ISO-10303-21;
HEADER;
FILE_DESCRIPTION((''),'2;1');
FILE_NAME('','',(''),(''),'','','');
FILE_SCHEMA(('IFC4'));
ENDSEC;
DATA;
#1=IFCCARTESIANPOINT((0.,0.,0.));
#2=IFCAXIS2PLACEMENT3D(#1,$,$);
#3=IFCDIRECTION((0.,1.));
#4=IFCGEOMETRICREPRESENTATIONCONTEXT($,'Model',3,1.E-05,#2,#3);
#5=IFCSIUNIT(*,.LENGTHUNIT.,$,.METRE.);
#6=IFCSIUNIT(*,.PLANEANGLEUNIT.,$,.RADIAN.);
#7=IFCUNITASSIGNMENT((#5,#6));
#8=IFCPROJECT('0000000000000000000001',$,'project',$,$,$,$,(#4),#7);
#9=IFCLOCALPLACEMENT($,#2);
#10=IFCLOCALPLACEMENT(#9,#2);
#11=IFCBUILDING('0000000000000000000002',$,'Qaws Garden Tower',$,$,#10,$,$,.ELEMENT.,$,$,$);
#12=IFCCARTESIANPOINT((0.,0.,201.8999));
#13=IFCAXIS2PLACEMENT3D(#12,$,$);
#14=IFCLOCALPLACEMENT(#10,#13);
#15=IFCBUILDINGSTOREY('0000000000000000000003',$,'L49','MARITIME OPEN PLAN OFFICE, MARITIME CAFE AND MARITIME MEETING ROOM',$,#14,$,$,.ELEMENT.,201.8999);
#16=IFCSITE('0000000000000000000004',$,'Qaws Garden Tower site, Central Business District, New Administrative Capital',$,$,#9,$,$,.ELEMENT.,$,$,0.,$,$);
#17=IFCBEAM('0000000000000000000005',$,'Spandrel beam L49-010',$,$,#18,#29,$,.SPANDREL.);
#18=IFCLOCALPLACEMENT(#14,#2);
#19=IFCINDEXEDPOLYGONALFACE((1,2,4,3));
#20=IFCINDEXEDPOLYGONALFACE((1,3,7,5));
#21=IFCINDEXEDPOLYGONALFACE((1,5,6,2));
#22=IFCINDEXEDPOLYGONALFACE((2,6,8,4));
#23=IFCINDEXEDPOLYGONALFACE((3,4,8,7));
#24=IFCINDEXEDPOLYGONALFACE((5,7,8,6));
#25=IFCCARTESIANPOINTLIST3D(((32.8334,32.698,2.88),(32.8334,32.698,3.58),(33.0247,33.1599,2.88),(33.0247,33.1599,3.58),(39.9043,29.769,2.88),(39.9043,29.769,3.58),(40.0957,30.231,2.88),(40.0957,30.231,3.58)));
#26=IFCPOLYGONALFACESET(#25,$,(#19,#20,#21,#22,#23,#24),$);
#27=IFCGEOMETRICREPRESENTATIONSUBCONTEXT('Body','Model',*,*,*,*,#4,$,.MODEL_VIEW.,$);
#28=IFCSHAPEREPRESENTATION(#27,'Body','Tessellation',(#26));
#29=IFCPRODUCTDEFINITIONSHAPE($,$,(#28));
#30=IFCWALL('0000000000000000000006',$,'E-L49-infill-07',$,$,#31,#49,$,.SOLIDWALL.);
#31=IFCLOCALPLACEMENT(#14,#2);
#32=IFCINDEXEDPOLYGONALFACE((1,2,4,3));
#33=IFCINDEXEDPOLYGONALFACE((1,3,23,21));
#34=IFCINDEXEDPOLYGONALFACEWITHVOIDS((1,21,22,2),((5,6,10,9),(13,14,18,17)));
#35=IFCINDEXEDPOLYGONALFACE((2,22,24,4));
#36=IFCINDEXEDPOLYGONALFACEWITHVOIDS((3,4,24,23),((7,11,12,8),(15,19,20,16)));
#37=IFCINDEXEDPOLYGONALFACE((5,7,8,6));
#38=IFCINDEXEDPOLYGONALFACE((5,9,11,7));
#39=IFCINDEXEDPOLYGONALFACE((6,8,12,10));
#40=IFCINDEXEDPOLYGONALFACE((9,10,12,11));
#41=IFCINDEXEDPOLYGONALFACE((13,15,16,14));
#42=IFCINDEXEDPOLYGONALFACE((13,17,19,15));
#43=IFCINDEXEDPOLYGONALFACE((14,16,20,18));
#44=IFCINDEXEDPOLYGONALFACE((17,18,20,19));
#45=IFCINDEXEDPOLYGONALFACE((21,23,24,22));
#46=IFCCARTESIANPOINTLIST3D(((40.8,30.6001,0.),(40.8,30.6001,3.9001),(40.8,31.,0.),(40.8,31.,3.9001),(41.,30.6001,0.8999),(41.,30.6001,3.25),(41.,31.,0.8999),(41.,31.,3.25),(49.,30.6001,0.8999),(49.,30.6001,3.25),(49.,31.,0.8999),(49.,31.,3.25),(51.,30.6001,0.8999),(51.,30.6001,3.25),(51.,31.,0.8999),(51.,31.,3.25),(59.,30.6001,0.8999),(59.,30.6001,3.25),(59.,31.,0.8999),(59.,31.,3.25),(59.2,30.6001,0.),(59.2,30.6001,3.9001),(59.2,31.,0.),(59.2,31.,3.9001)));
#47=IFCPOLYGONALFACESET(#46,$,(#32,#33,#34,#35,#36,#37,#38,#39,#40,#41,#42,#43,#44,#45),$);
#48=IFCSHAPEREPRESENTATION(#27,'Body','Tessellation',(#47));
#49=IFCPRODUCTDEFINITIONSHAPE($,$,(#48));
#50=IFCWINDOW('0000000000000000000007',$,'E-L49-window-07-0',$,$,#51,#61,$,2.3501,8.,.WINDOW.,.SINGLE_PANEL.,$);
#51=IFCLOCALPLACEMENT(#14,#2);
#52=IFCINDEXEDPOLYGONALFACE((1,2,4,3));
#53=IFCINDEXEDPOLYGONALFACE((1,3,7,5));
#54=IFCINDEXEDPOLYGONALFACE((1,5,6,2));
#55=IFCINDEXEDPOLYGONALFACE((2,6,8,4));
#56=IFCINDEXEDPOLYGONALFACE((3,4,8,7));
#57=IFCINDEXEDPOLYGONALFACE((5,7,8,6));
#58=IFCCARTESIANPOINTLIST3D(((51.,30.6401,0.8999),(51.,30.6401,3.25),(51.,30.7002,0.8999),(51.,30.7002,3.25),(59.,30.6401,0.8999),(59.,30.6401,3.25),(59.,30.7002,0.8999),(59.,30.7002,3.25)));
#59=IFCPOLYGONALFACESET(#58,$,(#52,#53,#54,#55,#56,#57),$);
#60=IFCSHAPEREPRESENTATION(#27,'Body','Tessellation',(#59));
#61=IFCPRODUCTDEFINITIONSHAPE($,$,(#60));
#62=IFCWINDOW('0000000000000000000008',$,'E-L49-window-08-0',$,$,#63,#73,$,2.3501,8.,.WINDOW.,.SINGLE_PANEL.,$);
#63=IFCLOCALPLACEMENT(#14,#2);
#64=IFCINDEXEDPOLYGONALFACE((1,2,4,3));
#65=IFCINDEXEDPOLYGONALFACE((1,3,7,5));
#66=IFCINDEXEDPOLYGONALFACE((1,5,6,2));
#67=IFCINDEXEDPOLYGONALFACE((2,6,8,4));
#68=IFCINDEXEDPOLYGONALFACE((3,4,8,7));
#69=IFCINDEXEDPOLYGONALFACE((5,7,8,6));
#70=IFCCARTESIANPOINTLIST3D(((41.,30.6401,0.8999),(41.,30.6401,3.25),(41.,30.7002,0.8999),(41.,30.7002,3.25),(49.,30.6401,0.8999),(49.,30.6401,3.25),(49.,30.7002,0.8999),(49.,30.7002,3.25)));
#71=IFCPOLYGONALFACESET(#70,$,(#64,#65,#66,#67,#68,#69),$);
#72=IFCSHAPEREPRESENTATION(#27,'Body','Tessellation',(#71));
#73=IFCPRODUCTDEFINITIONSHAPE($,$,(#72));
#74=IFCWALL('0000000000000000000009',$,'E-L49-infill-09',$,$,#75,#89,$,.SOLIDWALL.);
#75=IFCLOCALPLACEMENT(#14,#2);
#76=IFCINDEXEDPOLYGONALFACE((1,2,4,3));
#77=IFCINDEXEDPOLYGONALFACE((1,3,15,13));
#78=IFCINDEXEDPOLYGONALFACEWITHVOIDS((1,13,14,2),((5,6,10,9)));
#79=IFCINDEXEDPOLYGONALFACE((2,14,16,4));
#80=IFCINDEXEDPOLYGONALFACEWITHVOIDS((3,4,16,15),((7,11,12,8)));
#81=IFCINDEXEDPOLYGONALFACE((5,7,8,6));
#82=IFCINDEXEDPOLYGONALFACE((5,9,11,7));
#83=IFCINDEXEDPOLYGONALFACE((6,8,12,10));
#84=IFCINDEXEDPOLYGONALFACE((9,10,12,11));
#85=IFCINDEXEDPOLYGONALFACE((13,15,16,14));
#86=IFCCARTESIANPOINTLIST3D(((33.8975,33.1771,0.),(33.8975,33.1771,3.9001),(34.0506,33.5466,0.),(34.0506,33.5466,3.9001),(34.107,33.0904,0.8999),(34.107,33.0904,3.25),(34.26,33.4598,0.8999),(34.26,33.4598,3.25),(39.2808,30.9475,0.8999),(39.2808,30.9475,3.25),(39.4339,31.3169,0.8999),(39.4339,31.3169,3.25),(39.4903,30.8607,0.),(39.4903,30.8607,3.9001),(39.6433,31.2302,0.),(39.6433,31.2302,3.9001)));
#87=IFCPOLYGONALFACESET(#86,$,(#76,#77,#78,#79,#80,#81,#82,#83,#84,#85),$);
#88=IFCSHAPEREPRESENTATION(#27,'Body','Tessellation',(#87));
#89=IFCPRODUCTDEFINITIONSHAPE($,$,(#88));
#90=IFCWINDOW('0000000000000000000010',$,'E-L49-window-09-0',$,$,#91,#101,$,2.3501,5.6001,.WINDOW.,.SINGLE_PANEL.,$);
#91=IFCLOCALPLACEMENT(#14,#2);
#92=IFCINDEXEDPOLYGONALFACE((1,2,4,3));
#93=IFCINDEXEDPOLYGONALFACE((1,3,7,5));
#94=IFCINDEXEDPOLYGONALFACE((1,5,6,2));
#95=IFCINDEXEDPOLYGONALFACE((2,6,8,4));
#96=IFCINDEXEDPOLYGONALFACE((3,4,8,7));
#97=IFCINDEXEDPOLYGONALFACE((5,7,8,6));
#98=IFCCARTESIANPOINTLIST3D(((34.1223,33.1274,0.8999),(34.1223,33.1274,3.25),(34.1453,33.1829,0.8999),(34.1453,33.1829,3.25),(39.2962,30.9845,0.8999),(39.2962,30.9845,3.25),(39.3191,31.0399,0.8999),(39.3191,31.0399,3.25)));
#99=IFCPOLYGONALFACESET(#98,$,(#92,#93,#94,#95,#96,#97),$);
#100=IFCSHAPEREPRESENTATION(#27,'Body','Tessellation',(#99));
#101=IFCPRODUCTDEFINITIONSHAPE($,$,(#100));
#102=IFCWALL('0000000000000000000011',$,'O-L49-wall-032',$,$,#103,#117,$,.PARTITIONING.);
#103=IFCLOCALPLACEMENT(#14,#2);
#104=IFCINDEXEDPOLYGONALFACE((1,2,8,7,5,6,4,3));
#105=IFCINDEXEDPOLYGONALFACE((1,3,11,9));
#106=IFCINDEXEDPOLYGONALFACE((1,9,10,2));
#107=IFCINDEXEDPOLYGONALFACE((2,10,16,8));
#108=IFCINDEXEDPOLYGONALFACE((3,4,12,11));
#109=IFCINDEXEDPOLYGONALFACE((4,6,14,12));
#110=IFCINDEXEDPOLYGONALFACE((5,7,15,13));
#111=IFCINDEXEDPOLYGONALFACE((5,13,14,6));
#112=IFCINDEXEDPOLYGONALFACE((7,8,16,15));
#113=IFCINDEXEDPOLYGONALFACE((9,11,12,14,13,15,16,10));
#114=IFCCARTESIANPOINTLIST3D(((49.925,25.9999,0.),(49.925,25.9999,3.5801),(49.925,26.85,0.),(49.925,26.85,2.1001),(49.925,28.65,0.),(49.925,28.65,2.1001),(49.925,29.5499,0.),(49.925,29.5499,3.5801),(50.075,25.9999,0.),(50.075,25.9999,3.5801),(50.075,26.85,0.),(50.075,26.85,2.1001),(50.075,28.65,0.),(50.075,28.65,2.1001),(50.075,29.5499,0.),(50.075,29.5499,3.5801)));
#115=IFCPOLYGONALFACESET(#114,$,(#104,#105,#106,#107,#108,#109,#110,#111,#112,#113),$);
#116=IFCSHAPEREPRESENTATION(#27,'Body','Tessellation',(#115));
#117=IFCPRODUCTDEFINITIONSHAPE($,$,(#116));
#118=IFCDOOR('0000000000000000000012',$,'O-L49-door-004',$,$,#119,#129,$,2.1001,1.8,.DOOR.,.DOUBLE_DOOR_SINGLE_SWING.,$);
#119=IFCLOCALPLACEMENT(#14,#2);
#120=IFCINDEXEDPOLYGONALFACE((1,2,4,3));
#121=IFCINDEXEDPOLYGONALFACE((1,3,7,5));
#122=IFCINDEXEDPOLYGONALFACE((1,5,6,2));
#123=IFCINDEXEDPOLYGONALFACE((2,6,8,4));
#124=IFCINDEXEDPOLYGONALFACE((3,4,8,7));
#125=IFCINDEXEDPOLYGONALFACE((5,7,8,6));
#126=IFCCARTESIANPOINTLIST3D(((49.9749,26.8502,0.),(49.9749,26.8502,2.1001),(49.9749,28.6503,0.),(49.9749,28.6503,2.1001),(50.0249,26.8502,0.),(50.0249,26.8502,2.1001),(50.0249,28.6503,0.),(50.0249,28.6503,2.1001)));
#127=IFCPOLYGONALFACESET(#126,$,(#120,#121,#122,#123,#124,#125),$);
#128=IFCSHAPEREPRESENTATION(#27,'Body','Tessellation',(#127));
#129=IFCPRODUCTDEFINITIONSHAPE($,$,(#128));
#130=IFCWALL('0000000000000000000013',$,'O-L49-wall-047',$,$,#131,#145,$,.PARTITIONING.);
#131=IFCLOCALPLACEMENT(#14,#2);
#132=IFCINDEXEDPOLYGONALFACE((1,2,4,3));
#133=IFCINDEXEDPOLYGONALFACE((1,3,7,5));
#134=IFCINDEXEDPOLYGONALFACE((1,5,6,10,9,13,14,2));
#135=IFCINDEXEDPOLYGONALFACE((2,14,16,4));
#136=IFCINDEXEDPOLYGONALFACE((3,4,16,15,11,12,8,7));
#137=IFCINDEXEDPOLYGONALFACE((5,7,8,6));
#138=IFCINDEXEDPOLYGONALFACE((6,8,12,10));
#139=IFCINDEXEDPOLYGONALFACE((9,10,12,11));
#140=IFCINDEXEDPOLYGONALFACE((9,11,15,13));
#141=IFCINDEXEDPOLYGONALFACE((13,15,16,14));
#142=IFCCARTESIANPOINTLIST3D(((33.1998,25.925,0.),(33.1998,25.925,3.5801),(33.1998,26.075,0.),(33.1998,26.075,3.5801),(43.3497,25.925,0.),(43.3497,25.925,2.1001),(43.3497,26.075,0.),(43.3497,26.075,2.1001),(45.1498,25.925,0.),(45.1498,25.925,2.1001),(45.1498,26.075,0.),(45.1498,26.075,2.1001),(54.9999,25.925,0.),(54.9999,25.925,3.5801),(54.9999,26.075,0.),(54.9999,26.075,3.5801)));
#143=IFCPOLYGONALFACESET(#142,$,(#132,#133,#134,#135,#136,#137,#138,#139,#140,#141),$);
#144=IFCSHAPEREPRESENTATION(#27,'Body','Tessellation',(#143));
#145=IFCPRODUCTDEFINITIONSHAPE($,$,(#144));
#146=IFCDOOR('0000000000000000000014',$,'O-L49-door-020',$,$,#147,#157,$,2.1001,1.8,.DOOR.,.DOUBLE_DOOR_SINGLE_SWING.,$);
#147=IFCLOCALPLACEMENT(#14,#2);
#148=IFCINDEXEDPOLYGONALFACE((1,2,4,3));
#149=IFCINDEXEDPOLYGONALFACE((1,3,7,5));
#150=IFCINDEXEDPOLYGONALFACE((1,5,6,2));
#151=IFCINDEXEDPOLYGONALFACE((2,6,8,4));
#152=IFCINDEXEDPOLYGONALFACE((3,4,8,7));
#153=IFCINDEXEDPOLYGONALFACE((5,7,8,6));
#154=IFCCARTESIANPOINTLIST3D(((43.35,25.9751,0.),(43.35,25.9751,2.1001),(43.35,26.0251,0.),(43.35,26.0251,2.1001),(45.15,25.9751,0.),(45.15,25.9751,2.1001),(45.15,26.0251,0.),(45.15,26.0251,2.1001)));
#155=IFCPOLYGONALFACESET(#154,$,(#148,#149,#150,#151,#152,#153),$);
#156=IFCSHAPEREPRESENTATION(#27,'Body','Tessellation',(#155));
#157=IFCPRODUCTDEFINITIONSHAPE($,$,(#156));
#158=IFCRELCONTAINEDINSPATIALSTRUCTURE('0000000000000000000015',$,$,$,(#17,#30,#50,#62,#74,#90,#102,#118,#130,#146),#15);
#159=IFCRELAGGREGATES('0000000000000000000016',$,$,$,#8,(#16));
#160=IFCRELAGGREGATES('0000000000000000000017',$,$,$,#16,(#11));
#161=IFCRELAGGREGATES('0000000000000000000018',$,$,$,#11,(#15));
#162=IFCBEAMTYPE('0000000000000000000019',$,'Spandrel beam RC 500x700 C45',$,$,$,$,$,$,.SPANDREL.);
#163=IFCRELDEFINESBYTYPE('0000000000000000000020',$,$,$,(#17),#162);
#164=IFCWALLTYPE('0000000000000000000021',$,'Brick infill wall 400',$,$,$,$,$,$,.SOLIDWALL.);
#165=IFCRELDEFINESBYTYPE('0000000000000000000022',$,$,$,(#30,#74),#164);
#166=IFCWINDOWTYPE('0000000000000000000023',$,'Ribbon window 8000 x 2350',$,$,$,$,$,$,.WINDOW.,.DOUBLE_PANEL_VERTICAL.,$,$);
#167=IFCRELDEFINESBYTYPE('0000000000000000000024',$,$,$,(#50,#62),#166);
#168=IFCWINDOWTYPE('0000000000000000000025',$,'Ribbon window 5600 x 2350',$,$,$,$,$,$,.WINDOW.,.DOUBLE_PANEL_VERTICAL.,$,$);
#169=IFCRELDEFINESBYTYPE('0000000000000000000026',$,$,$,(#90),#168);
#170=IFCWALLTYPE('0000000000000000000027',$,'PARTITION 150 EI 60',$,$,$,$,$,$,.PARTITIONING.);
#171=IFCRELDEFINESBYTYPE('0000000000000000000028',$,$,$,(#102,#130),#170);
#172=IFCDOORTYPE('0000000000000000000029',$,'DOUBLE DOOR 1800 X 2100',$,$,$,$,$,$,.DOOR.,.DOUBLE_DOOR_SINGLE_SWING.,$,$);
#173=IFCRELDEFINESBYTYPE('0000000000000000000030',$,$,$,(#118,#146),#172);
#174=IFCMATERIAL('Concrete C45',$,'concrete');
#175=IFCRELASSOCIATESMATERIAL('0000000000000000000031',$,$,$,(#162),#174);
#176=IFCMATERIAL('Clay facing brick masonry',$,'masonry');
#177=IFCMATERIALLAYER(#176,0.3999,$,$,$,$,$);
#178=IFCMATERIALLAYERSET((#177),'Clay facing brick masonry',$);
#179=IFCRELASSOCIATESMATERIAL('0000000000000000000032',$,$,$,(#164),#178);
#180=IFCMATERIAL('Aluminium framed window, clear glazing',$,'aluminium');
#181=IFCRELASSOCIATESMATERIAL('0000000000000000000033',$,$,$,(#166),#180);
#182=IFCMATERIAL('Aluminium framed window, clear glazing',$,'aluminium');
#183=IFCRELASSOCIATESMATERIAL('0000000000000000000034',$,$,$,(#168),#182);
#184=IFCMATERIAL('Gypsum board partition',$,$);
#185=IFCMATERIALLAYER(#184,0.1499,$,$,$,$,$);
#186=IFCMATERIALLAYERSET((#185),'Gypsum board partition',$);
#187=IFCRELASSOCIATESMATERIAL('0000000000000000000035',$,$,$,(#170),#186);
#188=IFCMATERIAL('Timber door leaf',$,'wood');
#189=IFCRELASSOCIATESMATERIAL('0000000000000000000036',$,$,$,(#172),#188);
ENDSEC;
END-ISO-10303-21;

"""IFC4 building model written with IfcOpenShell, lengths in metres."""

from ifc_helpers import new_model, si_unit, direction, frame, frame_2d, origin, origin_2d, place, context, subcontext, project, spatial, rectangle, extrude, material, layer, layer_set, material_profile, profile_set, type_object, element, fill, save


model = new_model("IFC4")

# Units and contexts
model_context = context("Model", 3, precision=1e-05, world=origin(), true_north=direction((0.0, 1.0)))
body_context = subcontext(model_context, "Body", "Model", "MODEL_VIEW")
ifc_project = project(units=[si_unit("LENGTHUNIT", "METRE"), si_unit("PLANEANGLEUNIT", "RADIAN")], contexts=[model_context])

# Site, building, storey
site_placement = place(None, origin())
site = spatial("IfcSite", under=ifc_project, at=site_placement, Name="Qaws Garden Tower site, Central Business District, New Administrative Capital", CompositionType="ELEMENT", RefElevation=0.0)
building_placement = place(site_placement, origin())
building = spatial("IfcBuilding", under=site, at=building_placement, Name="Qaws Garden Tower", CompositionType="ELEMENT")
storey_placement = place(building_placement, frame((0.0, 0.0, 201.8999)))
storey = spatial("IfcBuildingStorey", under=building, at=storey_placement, Name="L49", Description="MARITIME OPEN PLAN OFFICE, MARITIME CAFE AND MARITIME MEETING ROOM", CompositionType="ELEMENT", Elevation=201.8999)

# Beam
ifc_material_1 = material(Name="Concrete C45", Category="concrete")
ifc_material_profile_1 = material_profile(ifc_material_1, rectangle(XDim=0.5, YDim=0.7, at=origin_2d()), Name="RC 500x700")
ifc_profile_set_1 = profile_set([ifc_material_profile_1], Name="Concrete C45")
beam_type = type_object("IfcBeamType", Name="Spandrel beam RC 500x700 C45", PredefinedType="SPANDREL", material=ifc_profile_set_1)
beam_placement = place(storey_placement, frame((40.0, 30.0, 3.23), z_axis=(-0.923878, 0.382687, 0.0), x_axis=(-0.382687, -0.923878, 0.0)))
element("IfcBeam", 1, at=beam_placement, inside=storey, type_object=beam_type, Name="Spandrel beam L49-010", PredefinedType="SPANDREL", context=body_context, shape_type="SweptSolid", body=[
    extrude(rectangle(XDim=0.5, YDim=0.7, at=origin_2d()), origin(), (0.0, 0.0, 1.0), 7.6536),
])

# Wall, openings, windows
ifc_material_2 = material(Name="Clay facing brick masonry", Category="masonry")
ifc_layer_1 = layer(ifc_material_2, 0.3999)
ifc_layer_set_1 = layer_set([ifc_layer_1], Name="Clay facing brick masonry")
wall_type_1 = type_object("IfcWallType", Name="Brick infill wall 400", PredefinedType="SOLIDWALL", material=ifc_layer_set_1)
wall_1_placement = place(storey_placement, frame((59.2, 30.8, 0.0), z_axis=(0.0, 0.0, 1.0), x_axis=(-1.0, 0.0, 0.0)))
wall_1 = element("IfcWall", 2, at=wall_1_placement, inside=storey, type_object=wall_type_1, Name="E-L49-infill-07", PredefinedType="SOLIDWALL", context=body_context, shape_type="SweptSolid", body=[
    extrude(rectangle(XDim=18.3999, YDim=0.3999, at=frame_2d((9.2, 0.0))), origin(), (0.0, 0.0, 1.0), 3.9001),
])
opening_1_placement = place(wall_1_placement, frame((0.2, 0.0, 0.8999)))
opening_1 = element("IfcOpeningElement", 3, at=opening_1_placement, cuts=wall_1, PredefinedType="OPENING", context=body_context, shape_type="SweptSolid", body=[
    extrude(rectangle(XDim=8.0, YDim=2.3501, at=frame_2d((4.0, 1.175))), frame((0.0, 0.21, 0.0), z_axis=(0.0, -1.0, 0.0), x_axis=(1.0, 0.0, 0.0)), (0.0, 0.0, 1.0), 0.4199),
])
opening_2_placement = place(wall_1_placement, frame((10.2, 0.0, 0.8999)))
opening_2 = element("IfcOpeningElement", 4, at=opening_2_placement, cuts=wall_1, PredefinedType="OPENING", context=body_context, shape_type="SweptSolid", body=[
    extrude(rectangle(XDim=8.0, YDim=2.3501, at=frame_2d((4.0, 1.175))), frame((0.0, 0.21, 0.0), z_axis=(0.0, -1.0, 0.0), x_axis=(1.0, 0.0, 0.0)), (0.0, 0.0, 1.0), 0.4199),
])
ifc_material_3 = material(Name="Aluminium framed window, clear glazing", Category="aluminium")
window_type_1 = type_object("IfcWindowType", Name="Ribbon window 8000 x 2350", PartitioningType="DOUBLE_PANEL_VERTICAL", PredefinedType="WINDOW", material=ifc_material_3)
window_1_placement = place(opening_1_placement, origin())
window_1 = element("IfcWindow", 5, at=window_1_placement, inside=storey, type_object=window_type_1, Name="E-L49-window-07-0", OverallHeight=2.3501, OverallWidth=8.0, PartitioningType="SINGLE_PANEL", PredefinedType="WINDOW", context=body_context, shape_type="SweptSolid", body=[
    extrude(rectangle(XDim=8.0, YDim=2.3501, at=frame_2d((4.0, 1.175))), frame((0.0, 0.1599, 0.0), z_axis=(0.0, -1.0, 0.0), x_axis=(1.0, 0.0, 0.0)), (0.0, 0.0, 1.0), 0.0601),
])
fill(opening_1, window_1)
window_2_placement = place(opening_2_placement, origin())
window_2 = element("IfcWindow", 6, at=window_2_placement, inside=storey, type_object=window_type_1, Name="E-L49-window-08-0", OverallHeight=2.3501, OverallWidth=8.0, PartitioningType="SINGLE_PANEL", PredefinedType="WINDOW", context=body_context, shape_type="SweptSolid", body=[
    extrude(rectangle(XDim=8.0, YDim=2.3501, at=frame_2d((4.0, 1.175))), frame((0.0, 0.1599, 0.0), z_axis=(0.0, -1.0, 0.0), x_axis=(1.0, 0.0, 0.0)), (0.0, 0.0, 1.0), 0.0601),
])
fill(opening_2, window_2)

# Wall, opening, window
wall_2_placement = place(storey_placement, frame((39.5669, 31.0454, 0.0), z_axis=(0.0, 0.0, 1.0), x_axis=(-0.923891, 0.382656, 0.0)))
wall_2 = element("IfcWall", 7, at=wall_2_placement, inside=storey, type_object=wall_type_1, Name="E-L49-infill-09", PredefinedType="SOLIDWALL", context=body_context, shape_type="SweptSolid", body=[
    extrude(rectangle(XDim=6.0535, YDim=0.3999, at=frame_2d((3.0269, 0.0))), origin(), (0.0, 0.0, 1.0), 3.9001),
])
opening_3_placement = place(wall_2_placement, frame((0.2268, 0.0, 0.8999)))
opening_3 = element("IfcOpeningElement", 8, at=opening_3_placement, cuts=wall_2, PredefinedType="OPENING", context=body_context, shape_type="SweptSolid", body=[
    extrude(rectangle(XDim=5.6001, YDim=2.3501, at=frame_2d((2.8, 1.175))), frame((0.0, 0.21, 0.0), z_axis=(0.0, -1.0, 0.0), x_axis=(1.0, 0.0, 0.0)), (0.0, 0.0, 1.0), 0.4199),
])
ifc_material_4 = material(Name="Aluminium framed window, clear glazing", Category="aluminium")
window_type_2 = type_object("IfcWindowType", Name="Ribbon window 5600 x 2350", PartitioningType="DOUBLE_PANEL_VERTICAL", PredefinedType="WINDOW", material=ifc_material_4)
window_3_placement = place(opening_3_placement, origin())
window_3 = element("IfcWindow", 9, at=window_3_placement, inside=storey, type_object=window_type_2, Name="E-L49-window-09-0", OverallHeight=2.3501, OverallWidth=5.6001, PartitioningType="SINGLE_PANEL", PredefinedType="WINDOW", context=body_context, shape_type="SweptSolid", body=[
    extrude(rectangle(XDim=5.6001, YDim=2.3501, at=frame_2d((2.8, 1.175))), frame((0.0, 0.1599, 0.0), z_axis=(0.0, -1.0, 0.0), x_axis=(1.0, 0.0, 0.0)), (0.0, 0.0, 1.0), 0.0601),
])
fill(opening_3, window_3)

# Walls, openings, doors
ifc_material_5 = material(Name="Gypsum board partition")
ifc_layer_2 = layer(ifc_material_5, 0.1499)
ifc_layer_set_2 = layer_set([ifc_layer_2], Name="Gypsum board partition")
wall_type_2 = type_object("IfcWallType", Name="PARTITION 150 EI 60", PredefinedType="PARTITIONING", material=ifc_layer_set_2)
wall_3_placement = place(storey_placement, frame((50.0, 26.0, 0.0), z_axis=(0.0, 0.0, 1.0), x_axis=(0.0, 1.0, 0.0)))
wall_3 = element("IfcWall", 10, at=wall_3_placement, inside=storey, type_object=wall_type_2, Name="O-L49-wall-032", PredefinedType="PARTITIONING", context=body_context, shape_type="SweptSolid", body=[
    extrude(rectangle(XDim=3.55, YDim=0.1499, at=frame_2d((1.7749, 0.0))), origin(), (0.0, 0.0, 1.0), 3.5801),
])
opening_4_placement = place(wall_3_placement, frame((0.8501, 0.0, 0.0)))
opening_4 = element("IfcOpeningElement", 11, at=opening_4_placement, cuts=wall_3, PredefinedType="OPENING", context=body_context, shape_type="SweptSolid", body=[
    extrude(rectangle(XDim=1.8, YDim=2.1001, at=frame_2d((0.8999, 1.05))), frame((0.0, 0.085, 0.0), z_axis=(0.0, -1.0, 0.0), x_axis=(1.0, 0.0, 0.0)), (0.0, 0.0, 1.0), 0.1699),
])
ifc_material_6 = material(Name="Timber door leaf", Category="wood")
door_type = type_object("IfcDoorType", Name="DOUBLE DOOR 1800 X 2100", OperationType="DOUBLE_DOOR_SINGLE_SWING", PredefinedType="DOOR", material=ifc_material_6)
door_1_placement = place(opening_4_placement, frame((1.8, 0.0, 0.0), z_axis=(0.0, 0.0, 1.0), x_axis=(-1.0, 0.0, 0.0)))
door_1 = element("IfcDoor", 12, at=door_1_placement, inside=storey, type_object=door_type, Name="O-L49-door-004", OperationType="DOUBLE_DOOR_SINGLE_SWING", OverallHeight=2.1001, OverallWidth=1.8, PredefinedType="DOOR", context=body_context, shape_type="SweptSolid", body=[
    extrude(rectangle(XDim=1.8, YDim=2.1001, at=frame_2d((0.8999, 1.05))), frame((0.0, 0.0249, 0.0), z_axis=(0.0, -1.0, 0.0), x_axis=(1.0, 0.0, 0.0)), (0.0, 0.0, 1.0), 0.05),
])
fill(opening_4, door_1)
wall_4_placement = place(storey_placement, frame((33.2, 26.0, 0.0), z_axis=(0.0, 0.0, 1.0), x_axis=(1.0, 0.0, 0.0)))
wall_4 = element("IfcWall", 13, at=wall_4_placement, inside=storey, type_object=wall_type_2, Name="O-L49-wall-047", PredefinedType="PARTITIONING", context=body_context, shape_type="SweptSolid", body=[
    extrude(rectangle(XDim=21.8, YDim=0.1499, at=frame_2d((10.8999, 0.0))), origin(), (0.0, 0.0, 1.0), 3.5801),
])
opening_5_placement = place(wall_4_placement, frame((10.1499, 0.0, 0.0)))
opening_5 = element("IfcOpeningElement", 14, at=opening_5_placement, cuts=wall_4, PredefinedType="OPENING", context=body_context, shape_type="SweptSolid", body=[
    extrude(rectangle(XDim=1.8, YDim=2.1001, at=frame_2d((0.8999, 1.05))), frame((0.0, 0.085, 0.0), z_axis=(0.0, -1.0, 0.0), x_axis=(1.0, 0.0, 0.0)), (0.0, 0.0, 1.0), 0.1699),
])
door_2_placement = place(opening_5_placement, frame((1.8, 0.0, 0.0), z_axis=(0.0, 0.0, 1.0), x_axis=(-1.0, 0.0, 0.0)))
door_2 = element("IfcDoor", 15, at=door_2_placement, inside=storey, type_object=door_type, Name="O-L49-door-020", OperationType="DOUBLE_DOOR_SINGLE_SWING", OverallHeight=2.1001, OverallWidth=1.8, PredefinedType="DOOR", context=body_context, shape_type="SweptSolid", body=[
    extrude(rectangle(XDim=1.8, YDim=2.1001, at=frame_2d((0.8999, 1.05))), frame((0.0, 0.0249, 0.0), z_axis=(0.0, -1.0, 0.0), x_axis=(1.0, 0.0, 0.0)), (0.0, 0.0, 1.0), 0.05),
])
fill(opening_5, door_2)

save(model, "model.ifc")
